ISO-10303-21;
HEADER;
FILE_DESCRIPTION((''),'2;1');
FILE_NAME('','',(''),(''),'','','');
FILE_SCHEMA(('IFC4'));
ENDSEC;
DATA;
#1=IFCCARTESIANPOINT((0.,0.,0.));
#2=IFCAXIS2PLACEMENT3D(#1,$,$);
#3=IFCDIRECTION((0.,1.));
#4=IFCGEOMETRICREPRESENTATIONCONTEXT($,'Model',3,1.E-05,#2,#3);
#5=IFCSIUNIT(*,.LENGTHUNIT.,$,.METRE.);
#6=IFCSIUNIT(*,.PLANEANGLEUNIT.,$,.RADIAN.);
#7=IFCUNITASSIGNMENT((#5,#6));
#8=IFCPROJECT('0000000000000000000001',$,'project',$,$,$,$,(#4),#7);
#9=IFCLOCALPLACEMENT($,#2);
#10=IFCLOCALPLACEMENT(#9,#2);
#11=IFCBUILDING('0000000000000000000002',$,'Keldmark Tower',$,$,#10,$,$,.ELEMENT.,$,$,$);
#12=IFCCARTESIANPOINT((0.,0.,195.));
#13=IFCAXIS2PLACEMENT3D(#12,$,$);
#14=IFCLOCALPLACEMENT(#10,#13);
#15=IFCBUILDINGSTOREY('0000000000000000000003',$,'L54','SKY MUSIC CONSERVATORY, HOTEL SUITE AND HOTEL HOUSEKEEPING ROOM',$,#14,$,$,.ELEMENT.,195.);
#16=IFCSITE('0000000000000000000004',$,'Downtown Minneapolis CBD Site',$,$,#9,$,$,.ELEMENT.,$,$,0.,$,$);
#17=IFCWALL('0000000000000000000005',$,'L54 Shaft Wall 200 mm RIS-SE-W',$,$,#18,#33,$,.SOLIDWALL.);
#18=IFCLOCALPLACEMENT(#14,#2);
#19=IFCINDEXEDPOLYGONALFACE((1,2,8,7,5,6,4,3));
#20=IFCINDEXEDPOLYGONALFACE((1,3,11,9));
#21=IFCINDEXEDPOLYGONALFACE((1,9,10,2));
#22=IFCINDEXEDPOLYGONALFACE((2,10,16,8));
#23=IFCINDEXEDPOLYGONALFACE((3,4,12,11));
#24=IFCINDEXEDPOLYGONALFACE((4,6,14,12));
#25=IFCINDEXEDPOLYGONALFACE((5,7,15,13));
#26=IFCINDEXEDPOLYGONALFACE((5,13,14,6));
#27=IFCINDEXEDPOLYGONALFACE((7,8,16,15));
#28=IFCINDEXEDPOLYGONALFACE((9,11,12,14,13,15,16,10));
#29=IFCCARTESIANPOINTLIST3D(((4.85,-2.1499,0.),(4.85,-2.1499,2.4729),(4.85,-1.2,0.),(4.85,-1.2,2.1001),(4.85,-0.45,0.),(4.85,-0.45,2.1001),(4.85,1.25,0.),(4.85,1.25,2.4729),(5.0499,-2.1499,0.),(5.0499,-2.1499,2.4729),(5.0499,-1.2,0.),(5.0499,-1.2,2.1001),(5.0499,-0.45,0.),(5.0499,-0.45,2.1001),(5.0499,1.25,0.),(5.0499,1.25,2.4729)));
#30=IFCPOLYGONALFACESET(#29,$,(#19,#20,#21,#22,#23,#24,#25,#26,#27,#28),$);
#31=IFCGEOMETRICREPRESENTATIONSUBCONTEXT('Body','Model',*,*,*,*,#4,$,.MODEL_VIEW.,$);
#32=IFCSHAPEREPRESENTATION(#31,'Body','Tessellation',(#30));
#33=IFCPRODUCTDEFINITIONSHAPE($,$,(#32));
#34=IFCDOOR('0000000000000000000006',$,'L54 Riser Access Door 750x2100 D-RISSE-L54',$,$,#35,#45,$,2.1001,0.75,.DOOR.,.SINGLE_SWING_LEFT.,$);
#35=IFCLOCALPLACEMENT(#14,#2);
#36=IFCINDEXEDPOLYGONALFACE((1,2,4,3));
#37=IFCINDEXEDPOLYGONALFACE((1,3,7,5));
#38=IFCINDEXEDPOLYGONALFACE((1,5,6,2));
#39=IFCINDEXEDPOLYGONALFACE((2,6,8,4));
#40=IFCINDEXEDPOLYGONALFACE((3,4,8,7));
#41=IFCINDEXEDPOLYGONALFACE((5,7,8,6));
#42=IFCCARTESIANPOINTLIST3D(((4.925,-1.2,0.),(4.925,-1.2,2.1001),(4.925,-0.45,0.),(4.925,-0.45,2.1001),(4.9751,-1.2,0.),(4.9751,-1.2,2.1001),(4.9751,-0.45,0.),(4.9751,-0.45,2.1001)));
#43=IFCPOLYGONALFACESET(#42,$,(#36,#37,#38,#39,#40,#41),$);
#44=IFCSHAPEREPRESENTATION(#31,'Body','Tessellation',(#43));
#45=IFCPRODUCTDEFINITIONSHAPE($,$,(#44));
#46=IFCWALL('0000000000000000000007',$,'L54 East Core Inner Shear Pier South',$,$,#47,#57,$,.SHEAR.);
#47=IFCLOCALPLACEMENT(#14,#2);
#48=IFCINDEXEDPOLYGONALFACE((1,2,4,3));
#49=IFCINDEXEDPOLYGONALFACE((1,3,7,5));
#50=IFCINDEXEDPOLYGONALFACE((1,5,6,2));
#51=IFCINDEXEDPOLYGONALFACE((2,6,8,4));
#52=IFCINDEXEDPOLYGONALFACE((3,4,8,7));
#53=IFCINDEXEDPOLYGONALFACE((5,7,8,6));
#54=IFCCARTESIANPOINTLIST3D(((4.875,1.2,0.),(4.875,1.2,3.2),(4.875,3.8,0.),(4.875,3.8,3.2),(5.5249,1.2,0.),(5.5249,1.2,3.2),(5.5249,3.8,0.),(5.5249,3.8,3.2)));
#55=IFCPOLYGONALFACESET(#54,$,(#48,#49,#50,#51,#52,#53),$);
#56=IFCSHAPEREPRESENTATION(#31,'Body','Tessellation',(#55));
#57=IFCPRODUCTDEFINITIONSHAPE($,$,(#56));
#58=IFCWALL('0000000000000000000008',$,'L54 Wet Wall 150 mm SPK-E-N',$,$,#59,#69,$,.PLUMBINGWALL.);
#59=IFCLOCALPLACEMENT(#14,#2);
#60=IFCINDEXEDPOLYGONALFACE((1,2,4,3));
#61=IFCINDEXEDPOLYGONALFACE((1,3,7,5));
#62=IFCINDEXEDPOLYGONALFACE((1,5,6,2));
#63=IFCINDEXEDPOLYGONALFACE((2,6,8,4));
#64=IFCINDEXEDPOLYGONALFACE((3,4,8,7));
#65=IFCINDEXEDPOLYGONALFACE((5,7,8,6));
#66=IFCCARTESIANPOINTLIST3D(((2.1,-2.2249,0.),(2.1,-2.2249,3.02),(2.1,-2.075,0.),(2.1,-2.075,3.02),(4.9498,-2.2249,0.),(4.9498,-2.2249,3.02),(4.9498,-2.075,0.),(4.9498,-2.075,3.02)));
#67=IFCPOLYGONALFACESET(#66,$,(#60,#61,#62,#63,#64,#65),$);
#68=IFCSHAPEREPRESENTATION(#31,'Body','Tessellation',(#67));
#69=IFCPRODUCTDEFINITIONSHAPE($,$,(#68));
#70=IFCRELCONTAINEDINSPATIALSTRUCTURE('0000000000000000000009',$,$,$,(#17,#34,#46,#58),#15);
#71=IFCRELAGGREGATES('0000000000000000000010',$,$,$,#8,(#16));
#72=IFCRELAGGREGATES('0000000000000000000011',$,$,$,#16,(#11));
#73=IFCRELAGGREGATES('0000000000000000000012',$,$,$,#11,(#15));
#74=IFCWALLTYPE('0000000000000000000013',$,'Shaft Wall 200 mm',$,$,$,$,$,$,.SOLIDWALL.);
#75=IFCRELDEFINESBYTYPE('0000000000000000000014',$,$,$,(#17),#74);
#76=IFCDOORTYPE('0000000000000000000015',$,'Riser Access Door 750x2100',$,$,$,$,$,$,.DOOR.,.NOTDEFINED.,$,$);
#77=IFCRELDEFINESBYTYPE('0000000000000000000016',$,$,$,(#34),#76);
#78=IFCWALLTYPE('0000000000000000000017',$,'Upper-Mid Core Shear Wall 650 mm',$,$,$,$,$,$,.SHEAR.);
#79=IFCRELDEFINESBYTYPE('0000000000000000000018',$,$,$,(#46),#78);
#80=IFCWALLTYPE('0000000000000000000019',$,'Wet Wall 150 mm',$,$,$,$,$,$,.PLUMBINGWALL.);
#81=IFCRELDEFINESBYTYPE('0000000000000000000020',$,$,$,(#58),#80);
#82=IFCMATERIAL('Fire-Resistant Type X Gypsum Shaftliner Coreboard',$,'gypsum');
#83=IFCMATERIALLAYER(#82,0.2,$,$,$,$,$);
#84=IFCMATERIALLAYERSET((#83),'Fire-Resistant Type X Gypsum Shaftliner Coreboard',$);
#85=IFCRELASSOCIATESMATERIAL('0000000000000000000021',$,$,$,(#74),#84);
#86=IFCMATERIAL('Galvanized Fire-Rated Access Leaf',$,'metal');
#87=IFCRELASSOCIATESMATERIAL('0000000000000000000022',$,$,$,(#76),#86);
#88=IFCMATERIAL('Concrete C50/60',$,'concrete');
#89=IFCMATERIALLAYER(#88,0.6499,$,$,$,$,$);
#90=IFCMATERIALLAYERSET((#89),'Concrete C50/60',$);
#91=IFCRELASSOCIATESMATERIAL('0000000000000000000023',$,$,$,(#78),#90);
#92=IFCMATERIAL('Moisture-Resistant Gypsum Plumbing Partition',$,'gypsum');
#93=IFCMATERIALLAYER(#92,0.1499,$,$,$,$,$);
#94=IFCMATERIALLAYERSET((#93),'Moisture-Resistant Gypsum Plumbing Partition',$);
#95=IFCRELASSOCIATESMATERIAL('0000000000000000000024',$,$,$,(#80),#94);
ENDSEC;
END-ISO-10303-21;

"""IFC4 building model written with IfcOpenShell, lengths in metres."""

from ifc_helpers import new_model, si_unit, direction, frame, frame_2d, origin, place, context, subcontext, project, spatial, rectangle, extrude, material, layer, layer_set, type_object, element, fill, save


model = new_model("IFC4")

# Units and contexts
model_context = context("Model", 3, precision=1e-05, world=origin(), true_north=direction((0.0, 1.0)))
body_context = subcontext(model_context, "Body", "Model", "MODEL_VIEW")
ifc_project = project(units=[si_unit("LENGTHUNIT", "METRE"), si_unit("PLANEANGLEUNIT", "RADIAN")], contexts=[model_context])

# Site, building, storey
site_placement = place(None, origin())
site = spatial("IfcSite", under=ifc_project, at=site_placement, Name="Downtown Minneapolis CBD Site", CompositionType="ELEMENT", RefElevation=0.0)
building_placement = place(site_placement, origin())
building = spatial("IfcBuilding", under=site, at=building_placement, Name="Keldmark Tower", CompositionType="ELEMENT")
storey_placement = place(building_placement, frame((0.0, 0.0, 195.0)))
storey = spatial("IfcBuildingStorey", under=building, at=storey_placement, Name="L54", Description="SKY MUSIC CONSERVATORY, HOTEL SUITE AND HOTEL HOUSEKEEPING ROOM", CompositionType="ELEMENT", Elevation=195.0)

# Shared definitions
ifc_material_1 = material(Name="Fire-Resistant Type X Gypsum Shaftliner Coreboard", Category="gypsum")
ifc_layer_1 = layer(ifc_material_1, 0.2)
ifc_layer_set_1 = layer_set([ifc_layer_1], Name="Fire-Resistant Type X Gypsum Shaftliner Coreboard")
wall_type_1 = type_object("IfcWallType", Name="Shaft Wall 200 mm", PredefinedType="SOLIDWALL", material=ifc_layer_set_1)

# Wall, opening, door
wall_1_placement = place(storey_placement, frame((4.95, -2.1499, 0.0), z_axis=(0.0, 0.0, 1.0), x_axis=(0.0, 1.0, 0.0)))
wall_1 = element("IfcWall", 1, at=wall_1_placement, inside=storey, type_object=wall_type_1, Name="L54 Shaft Wall 200 mm RIS-SE-W", PredefinedType="SOLIDWALL", context=body_context, shape_type="SweptSolid", body=[
    extrude(rectangle(XDim=3.3999, YDim=0.2, at=frame_2d((1.7, 0.0))), origin(), (0.0, 0.0, 1.0), 2.4729),
])
opening_1_placement = place(wall_1_placement, frame((0.95, 0.0, 0.0)))
opening_1 = element("IfcOpeningElement", 2, at=opening_1_placement, cuts=wall_1, PredefinedType="OPENING", context=body_context, shape_type="SweptSolid", body=[
    extrude(rectangle(XDim=0.75, YDim=2.1001, at=frame_2d((0.375, 1.05))), frame((0.0, 0.1099, 0.0), z_axis=(0.0, -1.0, 0.0), x_axis=(1.0, 0.0, 0.0)), (0.0, 0.0, 1.0), 0.22),
])
ifc_material_2 = material(Name="Galvanized Fire-Rated Access Leaf", Category="metal")
door_type_1 = type_object("IfcDoorType", Name="Riser Access Door 750x2100", OperationType="NOTDEFINED", PredefinedType="DOOR", material=ifc_material_2)
door_1_placement = place(opening_1_placement, origin())
door_1 = element("IfcDoor", 3, at=door_1_placement, inside=storey, type_object=door_type_1, Name="L54 Riser Access Door 750x2100 D-RISSE-L54", OperationType="SINGLE_SWING_LEFT", OverallHeight=2.1001, OverallWidth=0.75, PredefinedType="DOOR", context=body_context, shape_type="SweptSolid", body=[
    extrude(rectangle(XDim=0.75, YDim=2.1001, at=frame_2d((0.375, 1.05))), frame((0.0, 0.0249, 0.0), z_axis=(0.0, -1.0, 0.0), x_axis=(1.0, 0.0, 0.0)), (0.0, 0.0, 1.0), 0.05),
])
fill(opening_1, door_1)

# Walls
ifc_material_3 = material(Name="Concrete C50/60", Category="concrete")
ifc_layer_2 = layer(ifc_material_3, 0.6499)
ifc_layer_set_2 = layer_set([ifc_layer_2], Name="Concrete C50/60")
wall_type_2 = type_object("IfcWallType", Name="Upper-Mid Core Shear Wall 650 mm", PredefinedType="SHEAR", material=ifc_layer_set_2)
wall_2_placement = place(storey_placement, frame((5.2, 1.2, 0.0), z_axis=(0.0, 0.0, 1.0), x_axis=(0.0, 1.0, 0.0)))
element("IfcWall", 4, at=wall_2_placement, inside=storey, type_object=wall_type_2, Name="L54 East Core Inner Shear Pier South", PredefinedType="SHEAR", context=body_context, shape_type="SweptSolid", body=[
    extrude(rectangle(XDim=2.6001, YDim=0.6499, at=frame_2d((1.3, 0.0))), origin(), (0.0, 0.0, 1.0), 3.2),
])
ifc_material_4 = material(Name="Moisture-Resistant Gypsum Plumbing Partition", Category="gypsum")
ifc_layer_3 = layer(ifc_material_4, 0.1499)
ifc_layer_set_3 = layer_set([ifc_layer_3], Name="Moisture-Resistant Gypsum Plumbing Partition")
wall_type_3 = type_object("IfcWallType", Name="Wet Wall 150 mm", PredefinedType="PLUMBINGWALL", material=ifc_layer_set_3)
wall_3_placement = place(storey_placement, frame((2.1001, -2.1499, 0.0), z_axis=(0.0, 0.0, 1.0), x_axis=(1.0, 0.0, 0.0)))
element("IfcWall", 5, at=wall_3_placement, inside=storey, type_object=wall_type_3, Name="L54 Wet Wall 150 mm SPK-E-N", PredefinedType="PLUMBINGWALL", context=body_context, shape_type="SweptSolid", body=[
    extrude(rectangle(XDim=2.8499, YDim=0.1499, at=frame_2d((1.4248, 0.0))), origin(), (0.0, 0.0, 1.0), 3.02),
])

save(model, "model.ifc")
